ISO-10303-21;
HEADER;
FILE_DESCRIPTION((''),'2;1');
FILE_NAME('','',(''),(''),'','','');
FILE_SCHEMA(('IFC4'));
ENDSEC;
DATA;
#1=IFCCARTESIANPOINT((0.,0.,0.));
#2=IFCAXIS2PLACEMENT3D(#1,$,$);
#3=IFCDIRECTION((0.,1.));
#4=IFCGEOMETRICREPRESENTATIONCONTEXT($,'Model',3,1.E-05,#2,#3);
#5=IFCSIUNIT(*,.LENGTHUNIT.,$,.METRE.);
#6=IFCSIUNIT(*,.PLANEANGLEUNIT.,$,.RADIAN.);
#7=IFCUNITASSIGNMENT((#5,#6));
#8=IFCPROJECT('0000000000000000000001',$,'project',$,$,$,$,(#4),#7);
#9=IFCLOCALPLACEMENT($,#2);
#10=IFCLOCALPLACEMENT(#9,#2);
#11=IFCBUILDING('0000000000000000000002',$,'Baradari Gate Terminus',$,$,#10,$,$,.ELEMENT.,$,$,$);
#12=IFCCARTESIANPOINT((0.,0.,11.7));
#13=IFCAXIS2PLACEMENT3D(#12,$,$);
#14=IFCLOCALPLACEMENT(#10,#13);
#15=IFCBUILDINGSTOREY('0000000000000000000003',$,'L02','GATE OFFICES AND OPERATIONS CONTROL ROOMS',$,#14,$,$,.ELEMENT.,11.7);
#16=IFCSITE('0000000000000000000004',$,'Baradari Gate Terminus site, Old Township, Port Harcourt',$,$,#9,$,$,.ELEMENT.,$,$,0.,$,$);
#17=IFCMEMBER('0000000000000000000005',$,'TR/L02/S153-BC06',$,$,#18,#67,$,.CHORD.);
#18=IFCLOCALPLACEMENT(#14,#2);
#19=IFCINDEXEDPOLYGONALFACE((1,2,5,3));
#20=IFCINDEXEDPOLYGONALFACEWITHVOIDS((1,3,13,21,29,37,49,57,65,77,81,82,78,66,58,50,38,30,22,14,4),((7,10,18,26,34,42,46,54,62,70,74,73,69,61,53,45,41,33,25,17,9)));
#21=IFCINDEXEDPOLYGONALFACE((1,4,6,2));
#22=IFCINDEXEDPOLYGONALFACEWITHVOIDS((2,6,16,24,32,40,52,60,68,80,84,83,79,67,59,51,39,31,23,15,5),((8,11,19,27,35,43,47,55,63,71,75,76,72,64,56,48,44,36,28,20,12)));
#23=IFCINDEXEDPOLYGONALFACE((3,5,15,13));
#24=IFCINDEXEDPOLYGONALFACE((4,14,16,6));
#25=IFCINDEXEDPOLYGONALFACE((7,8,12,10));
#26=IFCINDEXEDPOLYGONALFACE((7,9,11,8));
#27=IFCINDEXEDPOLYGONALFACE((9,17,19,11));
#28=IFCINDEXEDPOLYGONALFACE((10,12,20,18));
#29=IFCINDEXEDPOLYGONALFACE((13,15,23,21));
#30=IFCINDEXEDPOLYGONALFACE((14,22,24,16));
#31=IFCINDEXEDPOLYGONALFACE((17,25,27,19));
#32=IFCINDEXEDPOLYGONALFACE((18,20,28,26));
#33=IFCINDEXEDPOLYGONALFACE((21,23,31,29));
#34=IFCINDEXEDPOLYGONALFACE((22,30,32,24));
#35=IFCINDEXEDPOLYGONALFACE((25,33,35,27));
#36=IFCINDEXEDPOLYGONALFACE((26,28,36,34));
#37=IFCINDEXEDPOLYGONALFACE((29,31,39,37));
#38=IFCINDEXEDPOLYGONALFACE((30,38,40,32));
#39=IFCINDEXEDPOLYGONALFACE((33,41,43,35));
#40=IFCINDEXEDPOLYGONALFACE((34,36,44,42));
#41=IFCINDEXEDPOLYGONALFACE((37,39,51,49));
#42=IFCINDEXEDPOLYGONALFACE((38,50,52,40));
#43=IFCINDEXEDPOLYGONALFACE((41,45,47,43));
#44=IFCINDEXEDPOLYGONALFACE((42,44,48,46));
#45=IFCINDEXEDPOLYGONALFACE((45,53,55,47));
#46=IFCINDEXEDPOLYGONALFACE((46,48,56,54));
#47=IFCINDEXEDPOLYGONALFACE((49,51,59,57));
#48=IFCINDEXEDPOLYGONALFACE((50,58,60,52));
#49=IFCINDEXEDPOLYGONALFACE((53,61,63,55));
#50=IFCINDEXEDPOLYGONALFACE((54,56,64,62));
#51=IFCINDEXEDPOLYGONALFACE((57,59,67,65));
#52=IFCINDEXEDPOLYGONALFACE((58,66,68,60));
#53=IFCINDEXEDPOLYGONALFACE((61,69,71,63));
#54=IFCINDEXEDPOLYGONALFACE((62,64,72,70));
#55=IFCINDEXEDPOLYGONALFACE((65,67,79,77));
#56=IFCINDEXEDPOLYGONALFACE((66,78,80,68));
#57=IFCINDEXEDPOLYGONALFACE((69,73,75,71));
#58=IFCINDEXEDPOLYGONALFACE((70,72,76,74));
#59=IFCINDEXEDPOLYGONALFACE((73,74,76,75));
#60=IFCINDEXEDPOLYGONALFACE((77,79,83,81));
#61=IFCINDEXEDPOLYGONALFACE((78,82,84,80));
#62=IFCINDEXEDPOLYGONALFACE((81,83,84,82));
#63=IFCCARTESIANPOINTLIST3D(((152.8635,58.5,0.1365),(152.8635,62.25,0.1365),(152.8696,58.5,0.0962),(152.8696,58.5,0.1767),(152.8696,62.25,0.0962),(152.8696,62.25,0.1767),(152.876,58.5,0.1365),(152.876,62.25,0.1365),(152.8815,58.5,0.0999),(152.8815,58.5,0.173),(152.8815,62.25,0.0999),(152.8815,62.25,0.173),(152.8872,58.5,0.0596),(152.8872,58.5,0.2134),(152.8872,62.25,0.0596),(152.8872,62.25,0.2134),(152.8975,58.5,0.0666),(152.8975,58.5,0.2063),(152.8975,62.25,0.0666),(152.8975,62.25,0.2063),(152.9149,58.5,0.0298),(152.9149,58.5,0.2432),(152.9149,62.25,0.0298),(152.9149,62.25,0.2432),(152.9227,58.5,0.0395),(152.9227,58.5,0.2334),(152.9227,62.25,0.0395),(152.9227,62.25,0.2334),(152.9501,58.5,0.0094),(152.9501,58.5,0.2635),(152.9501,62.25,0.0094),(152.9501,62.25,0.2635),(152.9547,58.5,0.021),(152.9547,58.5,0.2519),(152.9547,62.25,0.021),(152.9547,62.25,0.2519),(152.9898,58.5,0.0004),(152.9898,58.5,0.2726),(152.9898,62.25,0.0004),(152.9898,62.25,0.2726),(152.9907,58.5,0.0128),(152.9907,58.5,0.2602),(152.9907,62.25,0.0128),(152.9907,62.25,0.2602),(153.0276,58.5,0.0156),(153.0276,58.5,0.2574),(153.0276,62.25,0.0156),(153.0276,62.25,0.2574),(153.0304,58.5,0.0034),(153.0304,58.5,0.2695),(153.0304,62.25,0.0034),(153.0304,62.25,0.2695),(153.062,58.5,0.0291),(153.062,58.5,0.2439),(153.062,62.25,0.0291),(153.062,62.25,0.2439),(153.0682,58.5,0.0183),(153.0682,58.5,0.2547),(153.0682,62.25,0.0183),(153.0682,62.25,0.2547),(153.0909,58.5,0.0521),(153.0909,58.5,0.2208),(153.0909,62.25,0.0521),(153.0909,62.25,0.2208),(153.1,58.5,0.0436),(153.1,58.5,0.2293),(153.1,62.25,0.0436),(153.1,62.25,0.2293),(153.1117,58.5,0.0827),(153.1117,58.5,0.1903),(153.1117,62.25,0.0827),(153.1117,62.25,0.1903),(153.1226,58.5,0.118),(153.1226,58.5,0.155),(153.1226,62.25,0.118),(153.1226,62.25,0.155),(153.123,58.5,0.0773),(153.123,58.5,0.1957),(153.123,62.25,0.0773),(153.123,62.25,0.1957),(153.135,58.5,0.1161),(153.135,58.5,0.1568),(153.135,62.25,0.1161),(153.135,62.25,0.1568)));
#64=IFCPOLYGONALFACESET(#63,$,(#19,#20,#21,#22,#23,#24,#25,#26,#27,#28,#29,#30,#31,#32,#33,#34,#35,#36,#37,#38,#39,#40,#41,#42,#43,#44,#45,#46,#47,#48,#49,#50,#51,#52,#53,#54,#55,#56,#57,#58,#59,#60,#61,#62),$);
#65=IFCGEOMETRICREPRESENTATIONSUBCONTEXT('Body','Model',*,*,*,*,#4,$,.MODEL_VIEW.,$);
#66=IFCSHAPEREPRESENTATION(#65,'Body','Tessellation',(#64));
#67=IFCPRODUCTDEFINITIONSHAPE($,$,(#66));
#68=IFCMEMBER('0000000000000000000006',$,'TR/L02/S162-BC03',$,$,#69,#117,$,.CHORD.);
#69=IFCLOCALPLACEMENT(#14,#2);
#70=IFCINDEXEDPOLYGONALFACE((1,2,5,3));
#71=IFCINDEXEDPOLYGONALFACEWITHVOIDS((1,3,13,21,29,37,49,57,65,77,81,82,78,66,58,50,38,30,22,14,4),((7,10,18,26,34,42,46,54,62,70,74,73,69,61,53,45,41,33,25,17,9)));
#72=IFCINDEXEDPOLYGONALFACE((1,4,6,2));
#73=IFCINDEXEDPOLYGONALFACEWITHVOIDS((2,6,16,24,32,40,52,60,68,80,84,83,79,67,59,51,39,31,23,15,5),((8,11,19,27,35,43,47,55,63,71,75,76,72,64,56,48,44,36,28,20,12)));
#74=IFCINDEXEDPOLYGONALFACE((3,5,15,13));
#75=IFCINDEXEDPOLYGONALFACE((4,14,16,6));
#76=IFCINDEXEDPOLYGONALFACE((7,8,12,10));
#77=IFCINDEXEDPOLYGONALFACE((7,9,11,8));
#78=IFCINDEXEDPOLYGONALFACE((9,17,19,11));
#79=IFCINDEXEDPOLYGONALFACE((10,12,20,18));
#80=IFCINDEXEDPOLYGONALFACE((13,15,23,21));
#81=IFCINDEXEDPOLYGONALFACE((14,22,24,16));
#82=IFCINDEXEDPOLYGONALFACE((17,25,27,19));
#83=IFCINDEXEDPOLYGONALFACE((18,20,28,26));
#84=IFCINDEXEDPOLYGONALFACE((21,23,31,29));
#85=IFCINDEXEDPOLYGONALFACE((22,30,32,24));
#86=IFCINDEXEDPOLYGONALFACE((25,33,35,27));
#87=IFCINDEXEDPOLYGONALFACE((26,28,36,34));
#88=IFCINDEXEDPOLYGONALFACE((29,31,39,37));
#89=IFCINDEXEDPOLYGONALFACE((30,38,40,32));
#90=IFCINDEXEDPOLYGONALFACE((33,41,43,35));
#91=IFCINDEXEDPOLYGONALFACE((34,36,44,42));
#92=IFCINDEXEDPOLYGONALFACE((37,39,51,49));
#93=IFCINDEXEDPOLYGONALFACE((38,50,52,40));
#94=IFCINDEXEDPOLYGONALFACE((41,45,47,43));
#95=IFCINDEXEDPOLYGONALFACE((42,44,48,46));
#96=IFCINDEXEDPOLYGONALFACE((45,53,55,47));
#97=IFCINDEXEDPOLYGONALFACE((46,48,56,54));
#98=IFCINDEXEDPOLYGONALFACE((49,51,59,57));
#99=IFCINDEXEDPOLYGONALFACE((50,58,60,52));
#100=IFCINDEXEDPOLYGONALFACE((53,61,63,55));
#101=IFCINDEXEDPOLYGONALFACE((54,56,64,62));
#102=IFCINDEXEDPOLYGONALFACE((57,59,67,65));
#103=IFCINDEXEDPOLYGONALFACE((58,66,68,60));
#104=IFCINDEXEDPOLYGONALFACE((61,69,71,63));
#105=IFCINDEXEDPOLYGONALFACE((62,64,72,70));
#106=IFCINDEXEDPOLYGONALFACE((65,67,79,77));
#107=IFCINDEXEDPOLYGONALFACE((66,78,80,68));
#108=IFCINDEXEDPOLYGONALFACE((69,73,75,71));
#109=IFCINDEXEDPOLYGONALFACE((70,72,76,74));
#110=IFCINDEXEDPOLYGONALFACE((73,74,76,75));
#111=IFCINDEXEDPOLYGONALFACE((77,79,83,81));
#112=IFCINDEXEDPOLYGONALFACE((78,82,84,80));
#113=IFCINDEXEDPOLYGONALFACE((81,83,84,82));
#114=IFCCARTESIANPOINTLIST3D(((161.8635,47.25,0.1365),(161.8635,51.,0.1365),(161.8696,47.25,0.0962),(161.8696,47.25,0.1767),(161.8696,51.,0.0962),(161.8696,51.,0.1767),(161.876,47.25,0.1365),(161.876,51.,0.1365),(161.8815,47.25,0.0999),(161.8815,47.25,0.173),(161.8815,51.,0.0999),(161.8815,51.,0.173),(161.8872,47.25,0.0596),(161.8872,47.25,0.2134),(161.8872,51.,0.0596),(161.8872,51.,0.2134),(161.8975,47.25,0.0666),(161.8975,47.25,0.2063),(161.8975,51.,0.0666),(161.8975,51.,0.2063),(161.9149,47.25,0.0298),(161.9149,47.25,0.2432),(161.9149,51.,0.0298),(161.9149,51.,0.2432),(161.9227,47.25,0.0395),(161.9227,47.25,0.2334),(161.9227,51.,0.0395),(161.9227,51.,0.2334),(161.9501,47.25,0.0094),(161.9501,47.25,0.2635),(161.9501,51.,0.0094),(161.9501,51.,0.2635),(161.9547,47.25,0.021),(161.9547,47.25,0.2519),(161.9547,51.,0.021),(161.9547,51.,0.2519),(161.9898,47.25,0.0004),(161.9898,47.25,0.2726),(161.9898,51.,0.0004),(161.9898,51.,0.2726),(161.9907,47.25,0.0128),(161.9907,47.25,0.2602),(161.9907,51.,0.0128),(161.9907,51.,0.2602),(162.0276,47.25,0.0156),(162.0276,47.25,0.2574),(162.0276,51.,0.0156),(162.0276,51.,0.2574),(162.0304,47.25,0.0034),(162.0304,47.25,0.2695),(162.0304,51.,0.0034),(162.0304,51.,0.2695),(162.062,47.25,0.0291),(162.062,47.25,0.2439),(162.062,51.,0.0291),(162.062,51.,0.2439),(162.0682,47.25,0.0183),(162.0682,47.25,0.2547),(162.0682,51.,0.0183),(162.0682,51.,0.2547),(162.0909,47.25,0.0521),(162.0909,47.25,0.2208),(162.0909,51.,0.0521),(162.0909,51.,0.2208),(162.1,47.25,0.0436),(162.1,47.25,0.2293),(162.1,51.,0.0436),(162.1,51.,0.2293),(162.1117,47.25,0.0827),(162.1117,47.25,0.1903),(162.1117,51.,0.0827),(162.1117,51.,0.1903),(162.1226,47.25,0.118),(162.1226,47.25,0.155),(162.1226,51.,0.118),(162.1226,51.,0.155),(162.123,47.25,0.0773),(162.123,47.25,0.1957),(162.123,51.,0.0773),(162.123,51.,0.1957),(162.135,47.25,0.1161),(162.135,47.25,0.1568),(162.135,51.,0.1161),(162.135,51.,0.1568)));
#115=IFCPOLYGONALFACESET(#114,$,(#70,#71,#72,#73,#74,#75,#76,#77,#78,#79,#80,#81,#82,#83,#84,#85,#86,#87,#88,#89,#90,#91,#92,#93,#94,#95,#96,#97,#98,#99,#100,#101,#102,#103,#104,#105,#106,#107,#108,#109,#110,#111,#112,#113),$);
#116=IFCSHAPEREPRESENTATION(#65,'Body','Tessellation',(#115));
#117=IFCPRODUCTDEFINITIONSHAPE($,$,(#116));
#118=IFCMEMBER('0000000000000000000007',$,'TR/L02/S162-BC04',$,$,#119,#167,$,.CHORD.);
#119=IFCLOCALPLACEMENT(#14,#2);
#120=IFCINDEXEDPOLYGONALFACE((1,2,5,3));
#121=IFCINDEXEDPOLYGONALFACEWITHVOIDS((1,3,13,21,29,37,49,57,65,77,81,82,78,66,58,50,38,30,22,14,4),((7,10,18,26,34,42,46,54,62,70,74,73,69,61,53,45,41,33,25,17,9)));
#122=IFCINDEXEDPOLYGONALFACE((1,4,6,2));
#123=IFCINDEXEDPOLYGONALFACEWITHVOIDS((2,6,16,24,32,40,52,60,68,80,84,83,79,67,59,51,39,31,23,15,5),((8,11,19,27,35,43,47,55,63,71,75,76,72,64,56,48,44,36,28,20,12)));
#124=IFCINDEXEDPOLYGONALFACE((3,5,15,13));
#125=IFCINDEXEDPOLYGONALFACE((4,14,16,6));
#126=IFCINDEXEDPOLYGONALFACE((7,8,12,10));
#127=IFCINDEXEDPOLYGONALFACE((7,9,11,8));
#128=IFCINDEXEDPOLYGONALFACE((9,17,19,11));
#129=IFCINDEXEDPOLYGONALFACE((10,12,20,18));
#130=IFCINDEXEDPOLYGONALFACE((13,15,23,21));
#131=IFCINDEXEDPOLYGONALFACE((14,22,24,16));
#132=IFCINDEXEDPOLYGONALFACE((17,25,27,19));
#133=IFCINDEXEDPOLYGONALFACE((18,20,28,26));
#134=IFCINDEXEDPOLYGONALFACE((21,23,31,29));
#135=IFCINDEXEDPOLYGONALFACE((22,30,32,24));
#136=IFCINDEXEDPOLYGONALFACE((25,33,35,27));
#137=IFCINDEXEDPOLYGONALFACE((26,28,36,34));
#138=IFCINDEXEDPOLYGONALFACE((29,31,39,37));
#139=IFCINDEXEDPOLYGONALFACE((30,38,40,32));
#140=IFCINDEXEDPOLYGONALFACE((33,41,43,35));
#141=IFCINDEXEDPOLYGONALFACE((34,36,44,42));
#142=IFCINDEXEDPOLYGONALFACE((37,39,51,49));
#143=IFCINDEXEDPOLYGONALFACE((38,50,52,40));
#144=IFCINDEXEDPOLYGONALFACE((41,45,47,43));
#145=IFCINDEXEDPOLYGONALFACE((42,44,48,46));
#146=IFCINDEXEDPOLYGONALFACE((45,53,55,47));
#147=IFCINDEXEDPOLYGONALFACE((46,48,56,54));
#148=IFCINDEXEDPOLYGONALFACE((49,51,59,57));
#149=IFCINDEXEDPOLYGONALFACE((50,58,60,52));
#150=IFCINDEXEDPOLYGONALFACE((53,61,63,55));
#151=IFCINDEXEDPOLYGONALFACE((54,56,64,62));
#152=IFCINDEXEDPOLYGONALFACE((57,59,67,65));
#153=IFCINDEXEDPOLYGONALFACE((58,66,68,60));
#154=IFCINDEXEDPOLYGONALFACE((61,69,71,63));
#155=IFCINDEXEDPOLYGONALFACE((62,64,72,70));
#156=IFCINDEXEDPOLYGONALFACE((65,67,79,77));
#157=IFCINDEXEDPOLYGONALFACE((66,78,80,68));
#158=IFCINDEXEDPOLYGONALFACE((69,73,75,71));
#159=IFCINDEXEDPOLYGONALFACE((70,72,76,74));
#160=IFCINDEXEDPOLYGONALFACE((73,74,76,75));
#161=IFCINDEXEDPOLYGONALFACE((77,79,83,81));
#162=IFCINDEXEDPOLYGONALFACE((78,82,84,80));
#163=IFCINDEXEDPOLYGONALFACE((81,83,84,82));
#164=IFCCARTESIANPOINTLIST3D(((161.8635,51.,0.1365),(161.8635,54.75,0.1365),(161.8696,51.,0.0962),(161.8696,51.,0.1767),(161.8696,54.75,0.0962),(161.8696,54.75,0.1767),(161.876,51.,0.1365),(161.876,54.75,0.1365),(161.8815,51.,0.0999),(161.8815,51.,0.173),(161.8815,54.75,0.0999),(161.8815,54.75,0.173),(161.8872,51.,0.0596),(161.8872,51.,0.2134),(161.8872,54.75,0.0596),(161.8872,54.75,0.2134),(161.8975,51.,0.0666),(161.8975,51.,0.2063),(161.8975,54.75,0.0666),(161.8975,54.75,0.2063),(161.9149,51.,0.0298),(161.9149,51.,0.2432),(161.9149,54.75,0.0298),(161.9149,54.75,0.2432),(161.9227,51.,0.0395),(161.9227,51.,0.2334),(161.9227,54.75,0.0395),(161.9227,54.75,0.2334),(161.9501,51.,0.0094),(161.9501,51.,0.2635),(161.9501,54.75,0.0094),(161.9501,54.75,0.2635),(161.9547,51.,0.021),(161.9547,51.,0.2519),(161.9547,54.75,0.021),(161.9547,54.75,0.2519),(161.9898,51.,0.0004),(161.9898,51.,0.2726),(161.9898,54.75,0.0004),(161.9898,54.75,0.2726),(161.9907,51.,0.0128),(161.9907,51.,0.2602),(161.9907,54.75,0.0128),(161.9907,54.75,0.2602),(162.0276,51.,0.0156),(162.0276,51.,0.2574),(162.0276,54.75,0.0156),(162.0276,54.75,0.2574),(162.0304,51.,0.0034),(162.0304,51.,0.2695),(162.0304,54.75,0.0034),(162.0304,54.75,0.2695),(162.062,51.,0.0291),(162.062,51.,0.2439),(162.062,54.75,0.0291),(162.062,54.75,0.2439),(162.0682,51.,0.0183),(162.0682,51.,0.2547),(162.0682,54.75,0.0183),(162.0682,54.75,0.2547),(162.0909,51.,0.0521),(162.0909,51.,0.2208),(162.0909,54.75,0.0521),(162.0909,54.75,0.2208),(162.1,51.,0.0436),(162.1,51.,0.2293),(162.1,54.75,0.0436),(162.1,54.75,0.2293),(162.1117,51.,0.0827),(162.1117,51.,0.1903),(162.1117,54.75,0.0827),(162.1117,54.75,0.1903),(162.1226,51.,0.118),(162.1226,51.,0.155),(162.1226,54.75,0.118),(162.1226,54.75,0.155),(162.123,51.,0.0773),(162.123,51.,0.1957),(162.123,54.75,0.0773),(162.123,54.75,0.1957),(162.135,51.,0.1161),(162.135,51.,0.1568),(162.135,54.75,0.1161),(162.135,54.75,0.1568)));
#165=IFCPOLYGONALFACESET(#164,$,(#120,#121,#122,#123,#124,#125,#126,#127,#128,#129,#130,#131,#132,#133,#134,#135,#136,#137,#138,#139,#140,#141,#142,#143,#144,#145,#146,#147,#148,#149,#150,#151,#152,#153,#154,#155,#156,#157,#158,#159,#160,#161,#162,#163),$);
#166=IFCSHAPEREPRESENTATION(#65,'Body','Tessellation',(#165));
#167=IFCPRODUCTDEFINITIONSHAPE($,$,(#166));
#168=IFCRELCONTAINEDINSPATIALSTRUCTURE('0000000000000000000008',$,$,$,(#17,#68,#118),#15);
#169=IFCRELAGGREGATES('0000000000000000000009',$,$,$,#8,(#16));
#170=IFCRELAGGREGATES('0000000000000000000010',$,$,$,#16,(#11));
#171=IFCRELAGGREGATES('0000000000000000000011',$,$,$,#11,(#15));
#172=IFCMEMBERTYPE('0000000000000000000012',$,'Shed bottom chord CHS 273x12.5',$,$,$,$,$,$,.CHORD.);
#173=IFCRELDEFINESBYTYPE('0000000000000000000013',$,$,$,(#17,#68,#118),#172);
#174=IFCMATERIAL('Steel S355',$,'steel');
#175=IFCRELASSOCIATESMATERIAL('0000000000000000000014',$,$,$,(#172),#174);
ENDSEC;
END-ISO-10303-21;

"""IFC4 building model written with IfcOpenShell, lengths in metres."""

from ifc_helpers import new_model, si_unit, direction, frame, origin, origin_2d, place, context, subcontext, project, spatial, hollow_circle, extrude, material, material_profile, profile_set, type_object, element, save


model = new_model("IFC4")

# Units and contexts
model_context = context("Model", 3, precision=1e-05, world=origin(), true_north=direction((0.0, 1.0)))
body_context = subcontext(model_context, "Body", "Model", "MODEL_VIEW")
ifc_project = project(units=[si_unit("LENGTHUNIT", "METRE"), si_unit("PLANEANGLEUNIT", "RADIAN")], contexts=[model_context])

# Site, building, storey
site_placement = place(None, origin())
site = spatial("IfcSite", under=ifc_project, at=site_placement, Name="Baradari Gate Terminus site, Old Township, Port Harcourt", CompositionType="ELEMENT", RefElevation=0.0)
building_placement = place(site_placement, origin())
building = spatial("IfcBuilding", under=site, at=building_placement, Name="Baradari Gate Terminus", CompositionType="ELEMENT")
storey_placement = place(building_placement, frame((0.0, 0.0, 11.7)))
storey = spatial("IfcBuildingStorey", under=building, at=storey_placement, Name="L02", Description="GATE OFFICES AND OPERATIONS CONTROL ROOMS", CompositionType="ELEMENT", Elevation=11.7)

# Members
ifc_material_1 = material(Name="Steel S355", Category="steel")
ifc_material_profile_1 = material_profile(ifc_material_1, hollow_circle(Radius=0.1365, WallThickness=0.0125, at=origin_2d()), Name="CHS 273x12.5")
ifc_profile_set_1 = profile_set([ifc_material_profile_1], Name="Steel S355")
member_type_1 = type_object("IfcMemberType", Name="Shed bottom chord CHS 273x12.5", PredefinedType="CHORD", material=ifc_profile_set_1)
for number, where, z_axis, x_axis, name in (
    (1, (153.0, 58.5, 0.1365), (0.0, 1.0, 0.0), (-1.0, 0.0, 0.0), "TR/L02/S153-BC06"),
    (2, (162.0, 47.25, 0.1365), (0.0, 1.0, 0.0), (-1.0, 0.0, 0.0), "TR/L02/S162-BC03"),
    (3, (162.0, 51.0, 0.1365), (0.0, 1.0, 0.0), (-1.0, 0.0, 0.0), "TR/L02/S162-BC04"),
):
    element("IfcMember", number, at=place(storey_placement, frame(where, z_axis=z_axis, x_axis=x_axis)), inside=storey, type_object=member_type_1, Name=name, PredefinedType="CHORD", context=body_context, shape_type="SweptSolid", body=[
        extrude(hollow_circle(Radius=0.1365, WallThickness=0.0125, at=origin_2d()), origin(), (0.0, 0.0, 1.0), 3.75),
    ])

save(model, "model.ifc")
